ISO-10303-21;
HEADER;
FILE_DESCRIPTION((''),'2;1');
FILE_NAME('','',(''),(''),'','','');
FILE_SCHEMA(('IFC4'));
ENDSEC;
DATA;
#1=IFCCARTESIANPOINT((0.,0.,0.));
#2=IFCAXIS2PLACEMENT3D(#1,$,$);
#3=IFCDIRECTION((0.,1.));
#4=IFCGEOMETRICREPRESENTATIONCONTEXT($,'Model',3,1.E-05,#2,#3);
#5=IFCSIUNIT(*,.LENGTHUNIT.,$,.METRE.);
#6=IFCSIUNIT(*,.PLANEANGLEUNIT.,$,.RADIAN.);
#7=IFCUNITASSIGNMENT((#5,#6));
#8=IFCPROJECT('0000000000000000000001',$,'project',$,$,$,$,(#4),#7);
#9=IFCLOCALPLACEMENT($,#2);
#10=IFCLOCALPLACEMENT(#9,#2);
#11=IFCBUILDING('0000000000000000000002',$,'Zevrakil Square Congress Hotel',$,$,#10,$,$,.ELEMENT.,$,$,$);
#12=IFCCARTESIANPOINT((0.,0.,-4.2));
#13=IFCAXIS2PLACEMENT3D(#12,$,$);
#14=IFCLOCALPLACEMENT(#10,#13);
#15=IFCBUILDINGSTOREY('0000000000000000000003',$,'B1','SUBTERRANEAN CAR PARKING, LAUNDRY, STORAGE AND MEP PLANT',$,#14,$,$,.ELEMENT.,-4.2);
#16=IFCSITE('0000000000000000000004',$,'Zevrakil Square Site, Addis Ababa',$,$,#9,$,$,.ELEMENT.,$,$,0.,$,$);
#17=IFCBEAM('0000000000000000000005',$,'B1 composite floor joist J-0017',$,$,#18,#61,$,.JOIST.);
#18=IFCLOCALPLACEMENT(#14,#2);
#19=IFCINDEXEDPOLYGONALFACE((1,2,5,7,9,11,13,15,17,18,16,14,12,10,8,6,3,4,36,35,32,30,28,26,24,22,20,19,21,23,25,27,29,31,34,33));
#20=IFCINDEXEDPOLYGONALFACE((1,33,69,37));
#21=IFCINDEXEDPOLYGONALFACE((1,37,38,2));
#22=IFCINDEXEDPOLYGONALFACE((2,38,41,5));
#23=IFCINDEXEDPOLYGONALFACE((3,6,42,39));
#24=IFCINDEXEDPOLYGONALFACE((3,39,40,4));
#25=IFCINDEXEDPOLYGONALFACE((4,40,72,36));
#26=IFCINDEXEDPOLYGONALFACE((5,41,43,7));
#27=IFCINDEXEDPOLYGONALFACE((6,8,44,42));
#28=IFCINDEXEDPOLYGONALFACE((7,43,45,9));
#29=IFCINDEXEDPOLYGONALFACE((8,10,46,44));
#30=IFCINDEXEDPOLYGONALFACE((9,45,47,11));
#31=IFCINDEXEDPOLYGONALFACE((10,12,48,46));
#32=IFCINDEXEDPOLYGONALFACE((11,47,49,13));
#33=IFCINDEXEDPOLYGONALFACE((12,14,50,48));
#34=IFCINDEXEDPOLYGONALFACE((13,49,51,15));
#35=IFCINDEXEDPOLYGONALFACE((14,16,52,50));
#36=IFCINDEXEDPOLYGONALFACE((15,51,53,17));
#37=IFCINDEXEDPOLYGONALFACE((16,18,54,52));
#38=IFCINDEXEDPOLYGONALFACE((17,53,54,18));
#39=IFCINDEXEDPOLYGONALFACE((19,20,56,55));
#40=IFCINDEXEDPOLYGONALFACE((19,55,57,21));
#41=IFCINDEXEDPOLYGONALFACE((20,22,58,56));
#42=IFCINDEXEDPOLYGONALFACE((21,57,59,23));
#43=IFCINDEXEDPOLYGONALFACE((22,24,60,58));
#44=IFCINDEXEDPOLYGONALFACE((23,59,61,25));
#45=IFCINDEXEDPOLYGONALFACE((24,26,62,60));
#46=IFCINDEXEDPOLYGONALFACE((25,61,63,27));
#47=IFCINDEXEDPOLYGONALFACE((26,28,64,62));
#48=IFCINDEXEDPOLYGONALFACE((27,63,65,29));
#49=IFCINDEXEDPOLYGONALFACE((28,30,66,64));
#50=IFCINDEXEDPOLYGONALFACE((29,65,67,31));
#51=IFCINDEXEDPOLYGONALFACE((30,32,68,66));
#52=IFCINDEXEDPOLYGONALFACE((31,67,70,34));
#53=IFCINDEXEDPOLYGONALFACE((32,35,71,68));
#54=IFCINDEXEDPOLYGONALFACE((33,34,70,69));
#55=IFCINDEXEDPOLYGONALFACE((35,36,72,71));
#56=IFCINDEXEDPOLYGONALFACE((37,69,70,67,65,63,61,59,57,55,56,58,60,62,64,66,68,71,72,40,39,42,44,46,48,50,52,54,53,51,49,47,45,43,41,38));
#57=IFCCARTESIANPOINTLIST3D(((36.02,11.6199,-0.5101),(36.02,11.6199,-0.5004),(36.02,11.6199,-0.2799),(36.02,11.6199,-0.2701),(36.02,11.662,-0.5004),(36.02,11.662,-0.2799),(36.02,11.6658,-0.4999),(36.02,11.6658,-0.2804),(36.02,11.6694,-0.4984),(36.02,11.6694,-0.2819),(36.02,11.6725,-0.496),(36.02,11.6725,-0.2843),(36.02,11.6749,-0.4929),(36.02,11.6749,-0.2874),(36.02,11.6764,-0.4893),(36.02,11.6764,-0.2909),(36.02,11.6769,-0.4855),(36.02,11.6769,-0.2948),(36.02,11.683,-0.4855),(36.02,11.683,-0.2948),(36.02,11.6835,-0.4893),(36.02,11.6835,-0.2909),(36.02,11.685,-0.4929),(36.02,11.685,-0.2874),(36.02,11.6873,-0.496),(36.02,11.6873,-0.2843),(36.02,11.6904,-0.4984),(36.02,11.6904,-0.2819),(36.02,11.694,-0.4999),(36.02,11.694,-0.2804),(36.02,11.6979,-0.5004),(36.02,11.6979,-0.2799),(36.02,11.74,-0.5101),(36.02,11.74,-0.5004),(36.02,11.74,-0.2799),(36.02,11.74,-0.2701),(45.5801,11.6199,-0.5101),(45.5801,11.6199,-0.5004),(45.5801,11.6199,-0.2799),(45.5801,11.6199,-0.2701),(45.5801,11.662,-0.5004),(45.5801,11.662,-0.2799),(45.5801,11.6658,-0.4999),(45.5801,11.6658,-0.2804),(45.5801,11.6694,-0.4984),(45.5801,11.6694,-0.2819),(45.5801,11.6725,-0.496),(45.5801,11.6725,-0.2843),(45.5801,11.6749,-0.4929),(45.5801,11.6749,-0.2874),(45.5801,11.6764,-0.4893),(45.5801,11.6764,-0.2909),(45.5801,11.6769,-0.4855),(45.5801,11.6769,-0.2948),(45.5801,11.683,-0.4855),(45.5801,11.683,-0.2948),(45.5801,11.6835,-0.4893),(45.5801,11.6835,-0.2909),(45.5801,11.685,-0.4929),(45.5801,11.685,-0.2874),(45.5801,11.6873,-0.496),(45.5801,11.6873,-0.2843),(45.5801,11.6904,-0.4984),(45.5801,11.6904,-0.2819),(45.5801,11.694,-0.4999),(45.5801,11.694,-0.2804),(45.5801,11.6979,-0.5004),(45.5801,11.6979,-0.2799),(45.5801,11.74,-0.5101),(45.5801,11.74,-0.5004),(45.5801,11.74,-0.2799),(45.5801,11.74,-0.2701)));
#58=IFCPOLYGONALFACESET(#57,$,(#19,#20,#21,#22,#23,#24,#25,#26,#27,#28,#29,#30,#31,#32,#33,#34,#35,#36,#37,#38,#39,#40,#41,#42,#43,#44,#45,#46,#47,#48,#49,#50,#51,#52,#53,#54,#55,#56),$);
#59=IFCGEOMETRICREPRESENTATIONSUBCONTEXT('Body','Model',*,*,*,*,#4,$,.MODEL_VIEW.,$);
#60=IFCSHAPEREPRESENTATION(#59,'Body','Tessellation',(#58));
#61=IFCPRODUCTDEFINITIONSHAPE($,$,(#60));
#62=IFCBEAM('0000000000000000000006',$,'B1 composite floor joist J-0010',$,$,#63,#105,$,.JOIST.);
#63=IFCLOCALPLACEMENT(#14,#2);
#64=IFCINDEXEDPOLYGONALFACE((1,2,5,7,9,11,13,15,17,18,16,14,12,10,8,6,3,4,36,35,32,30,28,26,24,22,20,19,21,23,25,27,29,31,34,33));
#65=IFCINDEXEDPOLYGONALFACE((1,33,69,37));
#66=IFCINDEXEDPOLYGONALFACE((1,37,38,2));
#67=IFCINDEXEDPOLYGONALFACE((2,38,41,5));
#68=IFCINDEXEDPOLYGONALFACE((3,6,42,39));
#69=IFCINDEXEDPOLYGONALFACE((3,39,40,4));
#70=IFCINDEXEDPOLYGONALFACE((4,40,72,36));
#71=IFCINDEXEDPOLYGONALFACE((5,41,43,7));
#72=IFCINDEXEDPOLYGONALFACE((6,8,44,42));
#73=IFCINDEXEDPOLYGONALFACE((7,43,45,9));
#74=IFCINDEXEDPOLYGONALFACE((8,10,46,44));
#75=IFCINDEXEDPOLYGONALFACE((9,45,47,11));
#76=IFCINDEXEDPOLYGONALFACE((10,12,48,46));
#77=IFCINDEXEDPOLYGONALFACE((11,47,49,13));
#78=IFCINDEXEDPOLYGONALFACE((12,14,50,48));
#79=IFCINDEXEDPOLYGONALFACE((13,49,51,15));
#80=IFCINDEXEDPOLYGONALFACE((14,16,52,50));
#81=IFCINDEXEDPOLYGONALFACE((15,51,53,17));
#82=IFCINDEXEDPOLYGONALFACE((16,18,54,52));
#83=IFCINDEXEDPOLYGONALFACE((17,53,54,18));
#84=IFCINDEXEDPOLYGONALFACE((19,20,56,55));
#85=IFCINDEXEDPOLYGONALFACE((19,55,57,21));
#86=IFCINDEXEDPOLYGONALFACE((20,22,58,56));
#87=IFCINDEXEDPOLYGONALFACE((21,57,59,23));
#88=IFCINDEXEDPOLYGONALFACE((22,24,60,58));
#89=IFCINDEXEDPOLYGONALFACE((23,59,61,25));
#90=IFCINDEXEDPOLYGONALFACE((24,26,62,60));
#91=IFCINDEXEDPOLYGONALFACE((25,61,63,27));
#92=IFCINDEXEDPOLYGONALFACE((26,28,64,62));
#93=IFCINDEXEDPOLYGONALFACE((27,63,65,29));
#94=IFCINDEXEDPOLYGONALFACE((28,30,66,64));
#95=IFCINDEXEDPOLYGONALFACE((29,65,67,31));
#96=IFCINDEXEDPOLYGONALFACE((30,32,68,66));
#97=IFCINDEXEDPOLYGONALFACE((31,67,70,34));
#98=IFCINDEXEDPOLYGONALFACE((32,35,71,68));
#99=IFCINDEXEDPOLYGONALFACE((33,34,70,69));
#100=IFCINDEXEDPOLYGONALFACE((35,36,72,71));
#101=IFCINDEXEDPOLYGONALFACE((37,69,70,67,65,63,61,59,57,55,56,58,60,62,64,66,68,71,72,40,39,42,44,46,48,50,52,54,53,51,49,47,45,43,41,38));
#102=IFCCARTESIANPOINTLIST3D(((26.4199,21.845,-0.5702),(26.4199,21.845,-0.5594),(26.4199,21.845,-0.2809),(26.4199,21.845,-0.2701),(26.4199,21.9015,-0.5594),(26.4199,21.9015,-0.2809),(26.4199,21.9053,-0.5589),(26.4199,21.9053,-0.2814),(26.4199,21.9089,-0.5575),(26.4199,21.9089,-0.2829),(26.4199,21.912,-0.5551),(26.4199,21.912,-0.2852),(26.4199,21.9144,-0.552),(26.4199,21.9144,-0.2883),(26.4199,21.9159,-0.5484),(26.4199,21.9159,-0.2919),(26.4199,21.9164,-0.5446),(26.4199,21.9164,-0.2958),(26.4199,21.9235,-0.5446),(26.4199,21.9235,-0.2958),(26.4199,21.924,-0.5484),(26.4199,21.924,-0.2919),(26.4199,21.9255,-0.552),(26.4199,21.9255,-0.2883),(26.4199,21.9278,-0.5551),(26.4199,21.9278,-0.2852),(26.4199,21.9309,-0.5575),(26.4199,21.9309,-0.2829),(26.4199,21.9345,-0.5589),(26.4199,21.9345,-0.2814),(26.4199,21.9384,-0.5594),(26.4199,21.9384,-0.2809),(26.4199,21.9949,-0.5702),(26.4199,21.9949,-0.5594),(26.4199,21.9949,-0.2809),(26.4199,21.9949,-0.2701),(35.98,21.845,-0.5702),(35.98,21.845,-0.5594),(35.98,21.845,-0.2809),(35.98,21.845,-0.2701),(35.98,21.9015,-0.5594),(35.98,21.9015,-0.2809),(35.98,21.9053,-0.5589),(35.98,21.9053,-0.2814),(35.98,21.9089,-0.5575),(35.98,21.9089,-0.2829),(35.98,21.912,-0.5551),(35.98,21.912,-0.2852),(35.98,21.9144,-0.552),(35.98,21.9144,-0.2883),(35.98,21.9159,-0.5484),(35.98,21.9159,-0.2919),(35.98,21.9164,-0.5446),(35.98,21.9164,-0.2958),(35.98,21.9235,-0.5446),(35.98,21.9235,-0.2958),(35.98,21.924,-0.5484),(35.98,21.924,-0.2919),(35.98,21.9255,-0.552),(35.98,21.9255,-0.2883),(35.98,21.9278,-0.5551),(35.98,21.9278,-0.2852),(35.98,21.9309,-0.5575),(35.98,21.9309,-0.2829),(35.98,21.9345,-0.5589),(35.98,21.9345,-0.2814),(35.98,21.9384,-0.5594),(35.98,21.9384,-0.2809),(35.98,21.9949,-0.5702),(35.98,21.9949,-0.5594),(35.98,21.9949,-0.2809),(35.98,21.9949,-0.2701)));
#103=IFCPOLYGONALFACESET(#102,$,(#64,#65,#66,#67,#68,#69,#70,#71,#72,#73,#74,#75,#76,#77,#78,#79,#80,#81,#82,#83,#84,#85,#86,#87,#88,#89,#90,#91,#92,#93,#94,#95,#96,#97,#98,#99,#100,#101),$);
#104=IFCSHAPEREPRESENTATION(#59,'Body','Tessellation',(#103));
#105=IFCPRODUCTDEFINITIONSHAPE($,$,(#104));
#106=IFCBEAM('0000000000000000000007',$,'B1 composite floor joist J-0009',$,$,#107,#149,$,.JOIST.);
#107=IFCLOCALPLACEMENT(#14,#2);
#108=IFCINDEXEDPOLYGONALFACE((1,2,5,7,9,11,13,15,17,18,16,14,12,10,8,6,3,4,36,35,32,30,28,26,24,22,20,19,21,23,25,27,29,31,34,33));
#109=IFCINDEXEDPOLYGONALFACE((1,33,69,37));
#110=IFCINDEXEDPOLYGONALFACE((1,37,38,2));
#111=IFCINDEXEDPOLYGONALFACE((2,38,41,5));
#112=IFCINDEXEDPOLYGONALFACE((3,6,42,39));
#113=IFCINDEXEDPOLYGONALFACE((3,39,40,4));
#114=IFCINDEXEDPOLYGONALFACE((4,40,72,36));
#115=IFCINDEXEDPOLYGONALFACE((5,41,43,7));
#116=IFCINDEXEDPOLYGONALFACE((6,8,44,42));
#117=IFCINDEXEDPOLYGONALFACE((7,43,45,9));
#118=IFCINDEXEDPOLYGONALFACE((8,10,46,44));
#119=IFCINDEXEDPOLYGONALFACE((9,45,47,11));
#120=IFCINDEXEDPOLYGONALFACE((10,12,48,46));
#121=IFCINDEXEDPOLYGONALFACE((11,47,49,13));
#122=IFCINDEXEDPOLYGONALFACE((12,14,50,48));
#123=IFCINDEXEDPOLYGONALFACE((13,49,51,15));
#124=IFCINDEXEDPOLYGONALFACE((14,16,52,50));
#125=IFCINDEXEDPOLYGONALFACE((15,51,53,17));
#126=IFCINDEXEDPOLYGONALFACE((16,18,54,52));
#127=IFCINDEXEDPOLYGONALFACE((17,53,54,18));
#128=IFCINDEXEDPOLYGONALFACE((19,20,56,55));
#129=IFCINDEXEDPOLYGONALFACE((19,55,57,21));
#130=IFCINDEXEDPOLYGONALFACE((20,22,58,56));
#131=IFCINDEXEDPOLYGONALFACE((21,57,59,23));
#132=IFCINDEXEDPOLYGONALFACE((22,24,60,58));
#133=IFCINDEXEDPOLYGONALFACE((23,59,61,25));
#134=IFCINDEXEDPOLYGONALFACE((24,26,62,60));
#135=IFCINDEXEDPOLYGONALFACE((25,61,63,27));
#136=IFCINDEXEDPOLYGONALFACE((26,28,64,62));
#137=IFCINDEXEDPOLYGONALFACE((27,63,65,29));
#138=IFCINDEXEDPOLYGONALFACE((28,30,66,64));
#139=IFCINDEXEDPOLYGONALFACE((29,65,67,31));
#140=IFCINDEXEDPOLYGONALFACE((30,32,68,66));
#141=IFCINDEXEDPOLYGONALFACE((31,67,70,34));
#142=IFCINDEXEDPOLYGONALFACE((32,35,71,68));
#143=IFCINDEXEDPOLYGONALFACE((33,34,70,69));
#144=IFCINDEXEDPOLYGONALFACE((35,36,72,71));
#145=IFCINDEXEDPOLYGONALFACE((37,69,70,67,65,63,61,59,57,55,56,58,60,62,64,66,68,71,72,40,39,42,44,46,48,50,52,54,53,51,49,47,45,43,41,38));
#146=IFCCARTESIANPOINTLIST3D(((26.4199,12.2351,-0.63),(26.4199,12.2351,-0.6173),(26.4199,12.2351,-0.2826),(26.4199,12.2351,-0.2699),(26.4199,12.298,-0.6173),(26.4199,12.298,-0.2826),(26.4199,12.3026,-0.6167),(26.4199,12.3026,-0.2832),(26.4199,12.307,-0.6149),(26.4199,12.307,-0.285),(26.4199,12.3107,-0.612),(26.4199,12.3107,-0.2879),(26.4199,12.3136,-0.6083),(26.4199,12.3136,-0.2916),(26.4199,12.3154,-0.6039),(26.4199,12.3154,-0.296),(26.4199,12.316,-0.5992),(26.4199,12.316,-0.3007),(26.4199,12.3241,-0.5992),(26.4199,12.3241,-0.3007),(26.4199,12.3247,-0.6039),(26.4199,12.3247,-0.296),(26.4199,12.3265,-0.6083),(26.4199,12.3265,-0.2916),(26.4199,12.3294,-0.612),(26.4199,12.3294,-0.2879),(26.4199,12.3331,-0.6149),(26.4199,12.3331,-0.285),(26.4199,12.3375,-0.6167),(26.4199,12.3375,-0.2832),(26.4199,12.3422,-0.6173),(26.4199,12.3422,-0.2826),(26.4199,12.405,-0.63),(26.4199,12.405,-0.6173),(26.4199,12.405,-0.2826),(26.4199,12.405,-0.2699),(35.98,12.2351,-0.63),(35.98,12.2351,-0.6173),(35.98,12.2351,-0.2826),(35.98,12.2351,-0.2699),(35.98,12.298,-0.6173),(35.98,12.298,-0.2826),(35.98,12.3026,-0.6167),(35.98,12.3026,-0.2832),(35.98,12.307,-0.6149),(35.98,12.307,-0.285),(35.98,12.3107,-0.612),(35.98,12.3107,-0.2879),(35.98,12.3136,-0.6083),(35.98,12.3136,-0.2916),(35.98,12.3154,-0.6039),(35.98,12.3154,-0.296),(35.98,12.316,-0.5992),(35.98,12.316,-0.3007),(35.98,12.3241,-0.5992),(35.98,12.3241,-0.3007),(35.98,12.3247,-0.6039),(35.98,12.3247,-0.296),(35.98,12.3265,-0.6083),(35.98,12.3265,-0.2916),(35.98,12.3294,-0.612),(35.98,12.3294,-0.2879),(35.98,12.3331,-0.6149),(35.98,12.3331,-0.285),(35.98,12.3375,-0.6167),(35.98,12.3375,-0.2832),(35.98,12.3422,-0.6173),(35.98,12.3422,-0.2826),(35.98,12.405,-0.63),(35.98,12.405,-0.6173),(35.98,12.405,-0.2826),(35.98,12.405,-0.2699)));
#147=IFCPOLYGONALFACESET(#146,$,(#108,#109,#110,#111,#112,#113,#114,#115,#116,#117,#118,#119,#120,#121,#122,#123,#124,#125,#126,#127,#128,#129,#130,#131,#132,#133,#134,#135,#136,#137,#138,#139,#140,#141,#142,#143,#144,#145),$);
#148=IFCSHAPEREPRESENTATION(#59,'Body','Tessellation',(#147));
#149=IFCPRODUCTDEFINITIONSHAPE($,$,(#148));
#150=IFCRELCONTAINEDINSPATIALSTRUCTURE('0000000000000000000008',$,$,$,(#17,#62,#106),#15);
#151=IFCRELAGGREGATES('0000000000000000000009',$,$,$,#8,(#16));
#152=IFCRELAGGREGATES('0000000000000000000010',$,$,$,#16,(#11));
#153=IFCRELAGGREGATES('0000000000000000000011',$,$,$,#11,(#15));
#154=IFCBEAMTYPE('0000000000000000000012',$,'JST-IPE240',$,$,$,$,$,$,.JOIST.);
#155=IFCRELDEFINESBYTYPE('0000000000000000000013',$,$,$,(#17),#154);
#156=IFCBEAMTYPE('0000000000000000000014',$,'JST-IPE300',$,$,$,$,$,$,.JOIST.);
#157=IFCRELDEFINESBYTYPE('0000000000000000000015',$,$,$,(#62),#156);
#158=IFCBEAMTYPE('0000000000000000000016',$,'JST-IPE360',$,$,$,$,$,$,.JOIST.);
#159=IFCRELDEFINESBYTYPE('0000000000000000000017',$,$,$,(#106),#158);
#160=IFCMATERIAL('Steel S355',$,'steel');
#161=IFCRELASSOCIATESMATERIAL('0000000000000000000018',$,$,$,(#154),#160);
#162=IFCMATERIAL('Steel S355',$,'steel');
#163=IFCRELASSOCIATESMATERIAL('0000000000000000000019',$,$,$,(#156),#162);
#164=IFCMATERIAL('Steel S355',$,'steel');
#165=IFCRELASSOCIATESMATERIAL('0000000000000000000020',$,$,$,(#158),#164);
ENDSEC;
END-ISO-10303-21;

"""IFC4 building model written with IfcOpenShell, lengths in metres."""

from ifc_helpers import new_model, si_unit, direction, frame, origin, origin_2d, place, context, subcontext, project, spatial, i_section, extrude, material, material_profile, profile_set, type_object, element, save


model = new_model("IFC4")

# Units and contexts
model_context = context("Model", 3, precision=1e-05, world=origin(), true_north=direction((0.0, 1.0)))
body_context = subcontext(model_context, "Body", "Model", "MODEL_VIEW")
ifc_project = project(units=[si_unit("LENGTHUNIT", "METRE"), si_unit("PLANEANGLEUNIT", "RADIAN")], contexts=[model_context])

# Site, building, storey
site_placement = place(None, origin())
site = spatial("IfcSite", under=ifc_project, at=site_placement, Name="Zevrakil Square Site, Addis Ababa", CompositionType="ELEMENT", RefElevation=0.0)
building_placement = place(site_placement, origin())
building = spatial("IfcBuilding", under=site, at=building_placement, Name="Zevrakil Square Congress Hotel", CompositionType="ELEMENT")
storey_placement = place(building_placement, frame((0.0, 0.0, -4.2)))
storey = spatial("IfcBuildingStorey", under=building, at=storey_placement, Name="B1", Description="SUBTERRANEAN CAR PARKING, LAUNDRY, STORAGE AND MEP PLANT", CompositionType="ELEMENT", Elevation=-4.2)

# Beams
ifc_material_1 = material(Name="Steel S355", Category="steel")
ifc_material_profile_1 = material_profile(ifc_material_1, i_section(OverallWidth=0.1201, OverallDepth=0.24, WebThickness=0.0061, FlangeThickness=0.0098, FilletRadius=0.0149, at=origin_2d()), Name="IPE 240")
ifc_profile_set_1 = profile_set([ifc_material_profile_1], Name="Steel S355")
beam_type_1 = type_object("IfcBeamType", Name="JST-IPE240", PredefinedType="JOIST", material=ifc_profile_set_1)
beam_1_placement = place(storey_placement, frame((36.02, 11.6799, -0.3901), z_axis=(1.0, 0.0, 0.0), x_axis=(0.0, 1.0, 0.0)))
element("IfcBeam", 1, at=beam_1_placement, inside=storey, type_object=beam_type_1, Name="B1 composite floor joist J-0017", PredefinedType="JOIST", context=body_context, shape_type="SweptSolid", body=[
    extrude(i_section(OverallWidth=0.1201, OverallDepth=0.24, WebThickness=0.0061, FlangeThickness=0.0098, FilletRadius=0.0149, at=origin_2d()), origin(), (0.0, 0.0, 1.0), 9.5601),
])
ifc_material_2 = material(Name="Steel S355", Category="steel")
ifc_material_profile_2 = material_profile(ifc_material_2, i_section(OverallWidth=0.1499, OverallDepth=0.3, WebThickness=0.0071, FlangeThickness=0.0107, FilletRadius=0.0149, at=origin_2d()), Name="IPE 300")
ifc_profile_set_2 = profile_set([ifc_material_profile_2], Name="Steel S355")
beam_type_2 = type_object("IfcBeamType", Name="JST-IPE300", PredefinedType="JOIST", material=ifc_profile_set_2)
beam_2_placement = place(storey_placement, frame((26.4199, 21.9199, -0.4202), z_axis=(1.0, 0.0, 0.0), x_axis=(0.0, 1.0, 0.0)))
element("IfcBeam", 2, at=beam_2_placement, inside=storey, type_object=beam_type_2, Name="B1 composite floor joist J-0010", PredefinedType="JOIST", context=body_context, shape_type="SweptSolid", body=[
    extrude(i_section(OverallWidth=0.1499, OverallDepth=0.3, WebThickness=0.0071, FlangeThickness=0.0107, FilletRadius=0.0149, at=origin_2d()), origin(), (0.0, 0.0, 1.0), 9.5601),
])
ifc_material_3 = material(Name="Steel S355", Category="steel")
ifc_material_profile_3 = material_profile(ifc_material_3, i_section(OverallWidth=0.1699, OverallDepth=0.3601, WebThickness=0.0081, FlangeThickness=0.0127, FilletRadius=0.0181, at=origin_2d()), Name="IPE 360")
ifc_profile_set_3 = profile_set([ifc_material_profile_3], Name="Steel S355")
beam_type_3 = type_object("IfcBeamType", Name="JST-IPE360", PredefinedType="JOIST", material=ifc_profile_set_3)
beam_3_placement = place(storey_placement, frame((26.4199, 12.3201, -0.45), z_axis=(1.0, 0.0, 0.0), x_axis=(0.0, 1.0, 0.0)))
element("IfcBeam", 3, at=beam_3_placement, inside=storey, type_object=beam_type_3, Name="B1 composite floor joist J-0009", PredefinedType="JOIST", context=body_context, shape_type="SweptSolid", body=[
    extrude(i_section(OverallWidth=0.1699, OverallDepth=0.3601, WebThickness=0.0081, FlangeThickness=0.0127, FilletRadius=0.0181, at=origin_2d()), origin(), (0.0, 0.0, 1.0), 9.5601),
])

save(model, "model.ifc")
